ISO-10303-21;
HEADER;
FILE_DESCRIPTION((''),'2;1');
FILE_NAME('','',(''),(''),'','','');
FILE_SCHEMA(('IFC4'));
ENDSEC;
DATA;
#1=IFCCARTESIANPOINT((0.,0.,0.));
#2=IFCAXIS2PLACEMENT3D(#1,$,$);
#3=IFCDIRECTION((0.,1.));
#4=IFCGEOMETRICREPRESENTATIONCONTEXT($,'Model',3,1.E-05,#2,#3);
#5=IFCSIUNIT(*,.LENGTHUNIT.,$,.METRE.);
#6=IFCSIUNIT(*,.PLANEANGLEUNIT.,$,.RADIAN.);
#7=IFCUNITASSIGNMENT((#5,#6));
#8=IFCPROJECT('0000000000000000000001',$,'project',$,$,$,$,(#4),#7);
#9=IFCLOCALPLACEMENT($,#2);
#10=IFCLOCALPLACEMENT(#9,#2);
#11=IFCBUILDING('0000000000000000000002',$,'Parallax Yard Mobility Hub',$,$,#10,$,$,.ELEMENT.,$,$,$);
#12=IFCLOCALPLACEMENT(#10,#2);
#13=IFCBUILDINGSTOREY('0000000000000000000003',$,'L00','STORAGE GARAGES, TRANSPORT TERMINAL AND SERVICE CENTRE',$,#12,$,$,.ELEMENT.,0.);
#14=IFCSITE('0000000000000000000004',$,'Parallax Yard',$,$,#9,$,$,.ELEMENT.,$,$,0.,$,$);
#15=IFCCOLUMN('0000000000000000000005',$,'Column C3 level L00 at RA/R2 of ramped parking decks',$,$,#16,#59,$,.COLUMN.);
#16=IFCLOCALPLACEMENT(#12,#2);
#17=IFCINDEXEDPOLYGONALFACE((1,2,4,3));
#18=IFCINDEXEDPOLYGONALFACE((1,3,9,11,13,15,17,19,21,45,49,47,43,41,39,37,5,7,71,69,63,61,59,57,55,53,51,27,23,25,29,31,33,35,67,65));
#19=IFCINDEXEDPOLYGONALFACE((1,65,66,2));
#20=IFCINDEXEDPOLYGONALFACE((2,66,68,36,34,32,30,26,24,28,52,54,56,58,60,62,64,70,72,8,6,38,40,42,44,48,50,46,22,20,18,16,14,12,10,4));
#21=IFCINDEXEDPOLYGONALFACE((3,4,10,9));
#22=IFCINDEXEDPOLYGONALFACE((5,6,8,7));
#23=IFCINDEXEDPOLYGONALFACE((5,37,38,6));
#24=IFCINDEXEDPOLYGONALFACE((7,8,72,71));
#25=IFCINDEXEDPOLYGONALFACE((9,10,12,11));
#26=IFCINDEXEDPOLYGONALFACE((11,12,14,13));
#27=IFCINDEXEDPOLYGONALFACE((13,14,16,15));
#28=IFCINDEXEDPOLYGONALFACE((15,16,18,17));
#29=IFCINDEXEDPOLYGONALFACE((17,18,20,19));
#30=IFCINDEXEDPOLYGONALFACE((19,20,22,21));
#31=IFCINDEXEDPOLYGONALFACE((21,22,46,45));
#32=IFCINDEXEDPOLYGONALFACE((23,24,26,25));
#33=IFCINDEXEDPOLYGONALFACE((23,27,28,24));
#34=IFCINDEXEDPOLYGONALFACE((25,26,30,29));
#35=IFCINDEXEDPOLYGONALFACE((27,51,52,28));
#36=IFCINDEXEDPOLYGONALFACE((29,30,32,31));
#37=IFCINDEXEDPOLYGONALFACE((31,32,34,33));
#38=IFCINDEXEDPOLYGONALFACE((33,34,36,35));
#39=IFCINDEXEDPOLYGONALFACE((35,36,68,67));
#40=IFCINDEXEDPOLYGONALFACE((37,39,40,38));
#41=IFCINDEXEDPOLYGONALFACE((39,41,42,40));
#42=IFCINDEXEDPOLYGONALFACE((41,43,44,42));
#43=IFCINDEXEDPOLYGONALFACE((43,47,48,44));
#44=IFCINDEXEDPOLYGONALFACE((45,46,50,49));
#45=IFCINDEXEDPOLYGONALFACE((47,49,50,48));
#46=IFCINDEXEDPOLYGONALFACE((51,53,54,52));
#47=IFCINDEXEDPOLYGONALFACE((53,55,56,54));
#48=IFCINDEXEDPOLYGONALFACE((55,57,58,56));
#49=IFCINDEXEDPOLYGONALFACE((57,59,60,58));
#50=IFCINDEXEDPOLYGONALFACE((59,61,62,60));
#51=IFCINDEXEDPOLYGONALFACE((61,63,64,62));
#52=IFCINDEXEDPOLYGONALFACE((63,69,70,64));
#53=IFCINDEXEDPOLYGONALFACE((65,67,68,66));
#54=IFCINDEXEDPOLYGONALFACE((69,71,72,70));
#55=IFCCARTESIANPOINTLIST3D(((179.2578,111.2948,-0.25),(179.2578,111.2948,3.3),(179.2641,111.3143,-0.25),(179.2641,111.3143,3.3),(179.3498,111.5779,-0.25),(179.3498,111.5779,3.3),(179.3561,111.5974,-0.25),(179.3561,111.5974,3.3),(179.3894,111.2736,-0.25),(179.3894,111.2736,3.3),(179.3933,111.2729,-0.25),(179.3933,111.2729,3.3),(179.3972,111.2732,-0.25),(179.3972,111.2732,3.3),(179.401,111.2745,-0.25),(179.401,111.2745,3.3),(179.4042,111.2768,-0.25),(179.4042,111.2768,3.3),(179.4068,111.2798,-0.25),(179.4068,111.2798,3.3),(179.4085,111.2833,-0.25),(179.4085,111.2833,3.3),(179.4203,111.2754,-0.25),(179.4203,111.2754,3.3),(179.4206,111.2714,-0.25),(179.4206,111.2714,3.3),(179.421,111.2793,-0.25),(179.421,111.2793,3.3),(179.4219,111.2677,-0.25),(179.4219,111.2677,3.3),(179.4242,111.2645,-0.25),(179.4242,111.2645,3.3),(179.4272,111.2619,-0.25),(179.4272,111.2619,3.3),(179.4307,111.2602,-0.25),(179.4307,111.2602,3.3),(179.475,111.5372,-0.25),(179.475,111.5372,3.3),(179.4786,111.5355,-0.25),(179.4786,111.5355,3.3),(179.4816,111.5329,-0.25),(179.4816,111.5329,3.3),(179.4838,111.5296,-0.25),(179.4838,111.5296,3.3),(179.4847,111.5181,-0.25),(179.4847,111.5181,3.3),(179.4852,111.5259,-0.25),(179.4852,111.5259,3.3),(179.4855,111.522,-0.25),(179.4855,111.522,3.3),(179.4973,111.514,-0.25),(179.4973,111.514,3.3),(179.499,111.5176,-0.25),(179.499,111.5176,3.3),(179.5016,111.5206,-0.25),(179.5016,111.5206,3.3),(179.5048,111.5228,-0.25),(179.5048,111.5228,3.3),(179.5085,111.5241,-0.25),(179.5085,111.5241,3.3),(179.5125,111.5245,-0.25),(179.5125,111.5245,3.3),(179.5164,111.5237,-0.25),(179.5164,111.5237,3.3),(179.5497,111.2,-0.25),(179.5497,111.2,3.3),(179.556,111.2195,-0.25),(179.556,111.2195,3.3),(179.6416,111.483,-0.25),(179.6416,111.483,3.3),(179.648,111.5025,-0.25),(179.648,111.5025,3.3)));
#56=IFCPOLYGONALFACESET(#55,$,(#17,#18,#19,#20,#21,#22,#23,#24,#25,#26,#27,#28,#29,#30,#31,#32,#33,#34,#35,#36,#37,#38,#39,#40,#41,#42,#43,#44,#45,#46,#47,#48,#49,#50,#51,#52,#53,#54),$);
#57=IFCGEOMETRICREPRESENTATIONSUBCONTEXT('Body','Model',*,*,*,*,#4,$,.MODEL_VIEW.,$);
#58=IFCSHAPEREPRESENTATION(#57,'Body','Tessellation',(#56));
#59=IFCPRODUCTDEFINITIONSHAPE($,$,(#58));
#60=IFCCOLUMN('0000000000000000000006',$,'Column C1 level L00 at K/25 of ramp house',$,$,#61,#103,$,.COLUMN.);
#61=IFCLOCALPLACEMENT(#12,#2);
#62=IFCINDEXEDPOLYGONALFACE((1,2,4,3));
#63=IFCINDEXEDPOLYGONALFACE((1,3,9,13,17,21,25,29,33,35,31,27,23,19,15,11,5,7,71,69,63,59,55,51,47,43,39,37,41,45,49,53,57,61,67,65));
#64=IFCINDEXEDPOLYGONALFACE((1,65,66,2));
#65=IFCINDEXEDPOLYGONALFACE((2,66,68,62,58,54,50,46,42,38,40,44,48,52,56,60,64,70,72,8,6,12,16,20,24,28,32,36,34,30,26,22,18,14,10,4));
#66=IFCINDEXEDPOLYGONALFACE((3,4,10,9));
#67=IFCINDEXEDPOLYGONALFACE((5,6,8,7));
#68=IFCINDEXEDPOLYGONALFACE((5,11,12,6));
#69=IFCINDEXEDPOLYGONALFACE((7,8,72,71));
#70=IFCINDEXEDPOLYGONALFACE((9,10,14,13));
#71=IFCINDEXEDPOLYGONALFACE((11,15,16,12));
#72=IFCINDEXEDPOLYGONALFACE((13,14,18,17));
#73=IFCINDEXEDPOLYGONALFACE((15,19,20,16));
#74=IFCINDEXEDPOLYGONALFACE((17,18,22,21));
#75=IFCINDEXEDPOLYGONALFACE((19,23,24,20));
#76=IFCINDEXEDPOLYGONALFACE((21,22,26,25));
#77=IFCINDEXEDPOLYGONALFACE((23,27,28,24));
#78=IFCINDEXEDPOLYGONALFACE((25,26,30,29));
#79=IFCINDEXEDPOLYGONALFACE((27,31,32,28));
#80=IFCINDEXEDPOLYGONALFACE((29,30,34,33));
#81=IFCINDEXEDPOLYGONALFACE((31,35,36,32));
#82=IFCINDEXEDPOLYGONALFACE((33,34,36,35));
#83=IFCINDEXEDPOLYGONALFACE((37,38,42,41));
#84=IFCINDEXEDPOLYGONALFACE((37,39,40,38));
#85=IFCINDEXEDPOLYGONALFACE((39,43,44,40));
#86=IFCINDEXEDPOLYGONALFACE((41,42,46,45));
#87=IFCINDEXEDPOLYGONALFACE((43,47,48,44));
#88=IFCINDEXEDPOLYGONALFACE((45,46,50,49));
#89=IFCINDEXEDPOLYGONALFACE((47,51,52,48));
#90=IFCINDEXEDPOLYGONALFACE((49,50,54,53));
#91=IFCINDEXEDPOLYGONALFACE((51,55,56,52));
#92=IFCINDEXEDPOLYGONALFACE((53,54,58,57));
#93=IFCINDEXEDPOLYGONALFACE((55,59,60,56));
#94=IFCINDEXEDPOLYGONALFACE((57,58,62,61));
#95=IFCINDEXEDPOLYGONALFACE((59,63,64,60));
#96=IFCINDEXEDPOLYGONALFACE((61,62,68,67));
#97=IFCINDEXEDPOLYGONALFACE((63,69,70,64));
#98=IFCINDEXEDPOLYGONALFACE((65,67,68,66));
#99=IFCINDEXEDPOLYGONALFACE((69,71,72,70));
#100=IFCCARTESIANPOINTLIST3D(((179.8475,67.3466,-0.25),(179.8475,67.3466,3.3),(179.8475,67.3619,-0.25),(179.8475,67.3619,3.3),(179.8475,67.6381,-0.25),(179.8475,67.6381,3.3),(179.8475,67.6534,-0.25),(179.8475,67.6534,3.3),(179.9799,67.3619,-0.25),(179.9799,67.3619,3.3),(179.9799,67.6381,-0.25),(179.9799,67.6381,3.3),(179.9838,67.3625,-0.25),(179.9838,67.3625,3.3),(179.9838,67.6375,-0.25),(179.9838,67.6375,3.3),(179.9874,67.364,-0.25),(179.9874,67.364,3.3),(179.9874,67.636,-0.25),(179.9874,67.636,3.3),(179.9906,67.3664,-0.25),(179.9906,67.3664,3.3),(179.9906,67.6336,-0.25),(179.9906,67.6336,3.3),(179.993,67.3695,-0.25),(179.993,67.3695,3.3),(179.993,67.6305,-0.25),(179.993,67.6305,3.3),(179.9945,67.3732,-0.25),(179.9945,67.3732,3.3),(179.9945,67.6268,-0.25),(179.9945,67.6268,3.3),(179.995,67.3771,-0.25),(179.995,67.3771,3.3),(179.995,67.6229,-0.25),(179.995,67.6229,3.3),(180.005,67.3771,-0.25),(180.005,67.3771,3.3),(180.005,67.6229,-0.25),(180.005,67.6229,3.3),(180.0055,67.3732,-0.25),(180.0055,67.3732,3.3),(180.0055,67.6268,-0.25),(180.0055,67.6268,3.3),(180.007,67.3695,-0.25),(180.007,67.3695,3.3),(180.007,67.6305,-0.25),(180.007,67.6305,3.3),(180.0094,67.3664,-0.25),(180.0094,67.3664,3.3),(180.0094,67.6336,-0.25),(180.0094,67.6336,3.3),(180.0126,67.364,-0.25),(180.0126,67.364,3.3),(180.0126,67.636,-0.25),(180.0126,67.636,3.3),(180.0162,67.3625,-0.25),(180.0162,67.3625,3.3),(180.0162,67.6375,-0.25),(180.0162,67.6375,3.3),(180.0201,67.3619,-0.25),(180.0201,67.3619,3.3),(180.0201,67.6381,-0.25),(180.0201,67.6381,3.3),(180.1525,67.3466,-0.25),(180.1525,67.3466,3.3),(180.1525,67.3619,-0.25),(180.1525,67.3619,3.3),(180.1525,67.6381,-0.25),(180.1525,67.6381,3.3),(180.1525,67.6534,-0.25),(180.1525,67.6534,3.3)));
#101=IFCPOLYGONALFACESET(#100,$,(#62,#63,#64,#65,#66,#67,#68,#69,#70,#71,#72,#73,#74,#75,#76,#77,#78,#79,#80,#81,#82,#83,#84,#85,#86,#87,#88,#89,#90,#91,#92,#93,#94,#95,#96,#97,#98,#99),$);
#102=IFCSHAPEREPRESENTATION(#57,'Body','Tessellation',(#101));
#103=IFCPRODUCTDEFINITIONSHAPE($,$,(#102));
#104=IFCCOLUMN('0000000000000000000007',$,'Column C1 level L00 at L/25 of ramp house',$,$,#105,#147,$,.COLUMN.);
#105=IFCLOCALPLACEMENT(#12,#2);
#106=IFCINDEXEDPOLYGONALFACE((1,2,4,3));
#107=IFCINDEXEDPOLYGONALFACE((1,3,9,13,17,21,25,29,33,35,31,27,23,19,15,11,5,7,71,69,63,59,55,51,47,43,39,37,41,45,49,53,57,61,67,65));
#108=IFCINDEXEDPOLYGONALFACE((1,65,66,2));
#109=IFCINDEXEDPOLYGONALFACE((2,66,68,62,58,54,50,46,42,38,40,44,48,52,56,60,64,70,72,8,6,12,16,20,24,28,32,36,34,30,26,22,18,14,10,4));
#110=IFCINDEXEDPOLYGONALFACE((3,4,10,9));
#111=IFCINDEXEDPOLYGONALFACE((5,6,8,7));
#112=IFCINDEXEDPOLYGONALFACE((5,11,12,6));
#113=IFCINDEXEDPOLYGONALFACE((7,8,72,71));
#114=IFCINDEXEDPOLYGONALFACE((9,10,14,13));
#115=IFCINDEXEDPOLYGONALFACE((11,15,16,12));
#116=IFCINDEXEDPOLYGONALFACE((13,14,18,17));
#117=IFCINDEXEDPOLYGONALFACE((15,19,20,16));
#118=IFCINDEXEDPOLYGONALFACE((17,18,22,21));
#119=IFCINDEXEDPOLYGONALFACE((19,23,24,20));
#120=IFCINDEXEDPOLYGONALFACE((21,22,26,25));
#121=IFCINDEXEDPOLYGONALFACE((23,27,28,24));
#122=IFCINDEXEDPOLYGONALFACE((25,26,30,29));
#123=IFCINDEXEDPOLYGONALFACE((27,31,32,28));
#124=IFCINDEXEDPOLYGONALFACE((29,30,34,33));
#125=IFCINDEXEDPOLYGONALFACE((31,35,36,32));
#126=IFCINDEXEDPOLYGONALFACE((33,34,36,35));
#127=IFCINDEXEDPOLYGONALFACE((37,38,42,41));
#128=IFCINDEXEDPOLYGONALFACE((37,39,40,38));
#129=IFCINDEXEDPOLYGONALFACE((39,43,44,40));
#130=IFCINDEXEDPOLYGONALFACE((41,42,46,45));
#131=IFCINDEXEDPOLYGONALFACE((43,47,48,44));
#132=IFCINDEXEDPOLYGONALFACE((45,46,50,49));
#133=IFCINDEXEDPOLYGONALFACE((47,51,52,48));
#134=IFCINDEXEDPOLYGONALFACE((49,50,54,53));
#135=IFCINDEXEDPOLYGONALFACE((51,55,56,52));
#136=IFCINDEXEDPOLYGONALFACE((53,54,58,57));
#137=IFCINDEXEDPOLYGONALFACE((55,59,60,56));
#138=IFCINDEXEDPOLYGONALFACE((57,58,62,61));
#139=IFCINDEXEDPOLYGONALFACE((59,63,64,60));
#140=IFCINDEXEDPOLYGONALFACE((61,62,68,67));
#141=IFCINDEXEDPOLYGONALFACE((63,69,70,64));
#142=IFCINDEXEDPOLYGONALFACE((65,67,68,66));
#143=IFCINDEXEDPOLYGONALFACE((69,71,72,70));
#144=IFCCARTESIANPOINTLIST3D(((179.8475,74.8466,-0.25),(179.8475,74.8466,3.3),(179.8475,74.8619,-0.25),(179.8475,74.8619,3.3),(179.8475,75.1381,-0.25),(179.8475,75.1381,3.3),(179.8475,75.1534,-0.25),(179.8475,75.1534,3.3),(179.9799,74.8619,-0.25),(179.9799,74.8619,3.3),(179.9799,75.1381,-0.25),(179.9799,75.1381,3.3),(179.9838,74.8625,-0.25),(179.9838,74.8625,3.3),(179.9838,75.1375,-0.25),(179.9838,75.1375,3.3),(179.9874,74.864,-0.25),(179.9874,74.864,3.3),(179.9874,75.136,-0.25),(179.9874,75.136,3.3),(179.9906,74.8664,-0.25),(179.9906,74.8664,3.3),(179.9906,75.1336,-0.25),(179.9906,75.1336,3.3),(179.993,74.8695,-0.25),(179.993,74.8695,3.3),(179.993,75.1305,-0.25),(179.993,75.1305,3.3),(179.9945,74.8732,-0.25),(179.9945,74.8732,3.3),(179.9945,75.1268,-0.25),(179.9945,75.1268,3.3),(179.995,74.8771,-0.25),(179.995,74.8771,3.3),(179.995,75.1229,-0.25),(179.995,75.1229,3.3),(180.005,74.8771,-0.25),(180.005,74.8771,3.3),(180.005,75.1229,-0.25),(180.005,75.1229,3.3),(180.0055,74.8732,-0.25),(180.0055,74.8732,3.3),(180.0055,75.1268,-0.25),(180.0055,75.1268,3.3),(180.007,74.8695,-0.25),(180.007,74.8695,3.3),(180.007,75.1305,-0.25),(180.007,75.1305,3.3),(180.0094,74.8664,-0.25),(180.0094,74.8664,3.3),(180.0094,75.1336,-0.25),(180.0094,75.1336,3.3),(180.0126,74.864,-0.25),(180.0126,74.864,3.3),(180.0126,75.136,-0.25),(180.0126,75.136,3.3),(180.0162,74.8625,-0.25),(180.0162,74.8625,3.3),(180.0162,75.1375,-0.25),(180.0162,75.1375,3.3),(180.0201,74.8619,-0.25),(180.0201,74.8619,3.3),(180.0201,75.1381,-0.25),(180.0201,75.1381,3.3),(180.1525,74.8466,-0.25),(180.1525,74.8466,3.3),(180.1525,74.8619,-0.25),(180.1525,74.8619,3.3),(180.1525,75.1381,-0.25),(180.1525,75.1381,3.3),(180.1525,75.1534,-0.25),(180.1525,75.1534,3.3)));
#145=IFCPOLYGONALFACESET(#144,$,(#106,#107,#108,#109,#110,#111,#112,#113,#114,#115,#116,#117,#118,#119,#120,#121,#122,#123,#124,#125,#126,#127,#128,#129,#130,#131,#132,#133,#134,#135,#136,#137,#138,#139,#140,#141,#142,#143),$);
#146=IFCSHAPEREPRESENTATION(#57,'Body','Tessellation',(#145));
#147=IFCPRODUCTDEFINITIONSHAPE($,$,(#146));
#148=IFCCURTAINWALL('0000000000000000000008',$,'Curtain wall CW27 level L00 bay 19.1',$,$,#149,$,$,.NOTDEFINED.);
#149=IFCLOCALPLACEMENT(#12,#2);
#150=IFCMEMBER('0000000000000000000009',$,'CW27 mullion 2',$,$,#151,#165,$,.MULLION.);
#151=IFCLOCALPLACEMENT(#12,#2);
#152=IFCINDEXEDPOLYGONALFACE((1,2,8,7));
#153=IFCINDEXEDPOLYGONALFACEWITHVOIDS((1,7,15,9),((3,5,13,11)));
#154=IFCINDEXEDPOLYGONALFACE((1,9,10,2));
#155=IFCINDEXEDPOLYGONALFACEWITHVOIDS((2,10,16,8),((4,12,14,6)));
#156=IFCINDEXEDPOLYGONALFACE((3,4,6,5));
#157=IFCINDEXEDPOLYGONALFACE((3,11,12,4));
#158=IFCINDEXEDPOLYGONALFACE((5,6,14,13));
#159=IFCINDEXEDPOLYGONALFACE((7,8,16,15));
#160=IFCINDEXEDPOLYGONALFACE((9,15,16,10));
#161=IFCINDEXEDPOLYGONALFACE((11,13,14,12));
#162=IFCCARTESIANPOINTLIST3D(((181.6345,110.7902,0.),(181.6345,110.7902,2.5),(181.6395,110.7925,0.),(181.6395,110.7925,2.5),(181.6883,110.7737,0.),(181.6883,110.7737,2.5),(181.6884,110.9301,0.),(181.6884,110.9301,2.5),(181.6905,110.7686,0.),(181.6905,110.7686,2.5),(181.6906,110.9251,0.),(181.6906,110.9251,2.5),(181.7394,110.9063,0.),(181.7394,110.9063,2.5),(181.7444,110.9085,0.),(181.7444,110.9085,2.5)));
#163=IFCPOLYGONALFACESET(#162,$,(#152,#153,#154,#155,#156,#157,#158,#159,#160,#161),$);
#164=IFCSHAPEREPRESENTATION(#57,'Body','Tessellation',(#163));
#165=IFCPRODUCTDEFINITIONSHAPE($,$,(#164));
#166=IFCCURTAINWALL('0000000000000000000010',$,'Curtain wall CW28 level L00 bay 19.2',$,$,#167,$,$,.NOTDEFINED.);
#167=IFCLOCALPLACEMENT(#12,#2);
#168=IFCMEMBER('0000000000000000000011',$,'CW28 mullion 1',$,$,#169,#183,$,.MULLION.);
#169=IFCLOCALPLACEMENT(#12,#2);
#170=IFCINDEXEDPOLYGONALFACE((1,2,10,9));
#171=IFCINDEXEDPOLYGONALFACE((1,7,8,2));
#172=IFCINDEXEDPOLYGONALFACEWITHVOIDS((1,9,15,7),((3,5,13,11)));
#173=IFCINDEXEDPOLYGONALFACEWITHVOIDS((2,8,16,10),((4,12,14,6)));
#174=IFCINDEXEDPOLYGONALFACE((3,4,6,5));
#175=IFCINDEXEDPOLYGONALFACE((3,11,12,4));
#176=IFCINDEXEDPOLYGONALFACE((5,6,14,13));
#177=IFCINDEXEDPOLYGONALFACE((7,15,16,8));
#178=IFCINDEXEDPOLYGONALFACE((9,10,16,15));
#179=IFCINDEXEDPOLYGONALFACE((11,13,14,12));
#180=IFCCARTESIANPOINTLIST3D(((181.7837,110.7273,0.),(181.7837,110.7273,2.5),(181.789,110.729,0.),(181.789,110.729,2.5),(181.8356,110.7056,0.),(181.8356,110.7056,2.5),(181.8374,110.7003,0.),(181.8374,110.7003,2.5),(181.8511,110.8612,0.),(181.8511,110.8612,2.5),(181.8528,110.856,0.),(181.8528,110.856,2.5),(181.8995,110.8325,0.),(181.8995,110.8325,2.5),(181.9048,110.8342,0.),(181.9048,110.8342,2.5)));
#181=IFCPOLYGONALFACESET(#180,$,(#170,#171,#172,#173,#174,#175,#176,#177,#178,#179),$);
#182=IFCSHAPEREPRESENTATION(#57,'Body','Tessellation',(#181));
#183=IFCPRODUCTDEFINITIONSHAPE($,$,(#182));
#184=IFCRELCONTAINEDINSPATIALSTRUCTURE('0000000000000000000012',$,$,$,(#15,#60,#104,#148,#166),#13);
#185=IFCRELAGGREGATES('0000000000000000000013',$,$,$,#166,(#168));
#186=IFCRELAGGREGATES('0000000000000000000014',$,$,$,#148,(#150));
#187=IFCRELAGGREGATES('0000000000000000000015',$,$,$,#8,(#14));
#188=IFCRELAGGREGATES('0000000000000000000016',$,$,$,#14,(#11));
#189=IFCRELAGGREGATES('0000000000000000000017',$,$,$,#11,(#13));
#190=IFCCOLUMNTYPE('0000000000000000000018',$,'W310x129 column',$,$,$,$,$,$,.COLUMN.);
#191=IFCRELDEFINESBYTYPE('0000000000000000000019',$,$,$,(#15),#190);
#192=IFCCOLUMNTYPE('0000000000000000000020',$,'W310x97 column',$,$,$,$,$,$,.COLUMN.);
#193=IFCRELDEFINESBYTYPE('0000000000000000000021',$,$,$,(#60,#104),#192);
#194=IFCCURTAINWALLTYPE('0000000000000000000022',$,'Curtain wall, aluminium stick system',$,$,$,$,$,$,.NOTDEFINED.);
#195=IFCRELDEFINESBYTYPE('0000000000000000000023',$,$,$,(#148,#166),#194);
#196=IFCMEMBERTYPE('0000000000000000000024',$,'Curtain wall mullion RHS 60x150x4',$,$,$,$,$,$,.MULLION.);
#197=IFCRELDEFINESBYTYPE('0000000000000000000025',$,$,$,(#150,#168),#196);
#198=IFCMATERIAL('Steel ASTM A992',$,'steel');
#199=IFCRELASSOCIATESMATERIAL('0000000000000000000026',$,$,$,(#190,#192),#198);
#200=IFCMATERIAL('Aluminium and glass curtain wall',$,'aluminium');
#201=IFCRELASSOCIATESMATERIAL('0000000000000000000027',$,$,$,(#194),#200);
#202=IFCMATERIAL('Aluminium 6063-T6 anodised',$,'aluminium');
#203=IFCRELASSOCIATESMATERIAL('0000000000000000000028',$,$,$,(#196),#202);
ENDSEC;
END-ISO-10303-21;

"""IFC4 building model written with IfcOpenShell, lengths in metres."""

from ifc_helpers import new_model, si_unit, direction, frame, origin, origin_2d, place, context, subcontext, project, spatial, hollow_rectangle, i_section, extrude, material, material_profile, profile_set, type_object, element, aggregate, save


model = new_model("IFC4")

# Units and contexts
model_context = context("Model", 3, precision=1e-05, world=origin(), true_north=direction((0.0, 1.0)))
body_context = subcontext(model_context, "Body", "Model", "MODEL_VIEW")
ifc_project = project(units=[si_unit("LENGTHUNIT", "METRE"), si_unit("PLANEANGLEUNIT", "RADIAN")], contexts=[model_context])

# Site, building, storey
site_placement = place(None, origin())
site = spatial("IfcSite", under=ifc_project, at=site_placement, Name="Parallax Yard", CompositionType="ELEMENT", RefElevation=0.0)
building_placement = place(site_placement, origin())
building = spatial("IfcBuilding", under=site, at=building_placement, Name="Parallax Yard Mobility Hub", CompositionType="ELEMENT")
storey_placement = place(building_placement, origin())
storey = spatial("IfcBuildingStorey", under=building, at=storey_placement, Name="L00", Description="STORAGE GARAGES, TRANSPORT TERMINAL AND SERVICE CENTRE", CompositionType="ELEMENT", Elevation=0.0)

# Columns
ifc_material_1 = material(Name="Steel ASTM A992", Category="steel")
ifc_material_profile_1 = material_profile(ifc_material_1, i_section(OverallWidth=0.3069, OverallDepth=0.3181, WebThickness=0.0132, FlangeThickness=0.0205, FilletRadius=0.0151, at=origin_2d()), Name="W310x129")
ifc_profile_set_1 = profile_set([ifc_material_profile_1], Name="Steel ASTM A992")
column_type_1 = type_object("IfcColumnType", Name="W310x129 column", PredefinedType="COLUMN", material=ifc_profile_set_1)
column_placement = place(storey_placement, frame((179.4529, 111.3987, -0.25), z_axis=(0.0, 0.0, 1.0), x_axis=(-0.951057, 0.309017, 0.0)))
element("IfcColumn", 1, at=column_placement, inside=storey, type_object=column_type_1, Name="Column C3 level L00 at RA/R2 of ramped parking decks", PredefinedType="COLUMN", context=body_context, shape_type="SweptSolid", body=[
    extrude(i_section(OverallWidth=0.3069, OverallDepth=0.3181, WebThickness=0.0132, FlangeThickness=0.0205, FilletRadius=0.0151, at=origin_2d()), origin(), (0.0, 0.0, 1.0), 3.55),
])
ifc_material_profile_2 = material_profile(ifc_material_1, i_section(OverallWidth=0.3049, OverallDepth=0.3069, WebThickness=0.01, FlangeThickness=0.0154, FilletRadius=0.0151, at=origin_2d()), Name="W310x97")
ifc_profile_set_2 = profile_set([ifc_material_profile_2], Name="Steel ASTM A992")
column_type_2 = type_object("IfcColumnType", Name="W310x97 column", PredefinedType="COLUMN", material=ifc_profile_set_2)
for number, where, z_axis, x_axis, name in (
    (2, (180.0, 67.5, -0.25), (0.0, 0.0, 1.0), (1.0, 0.0, 0.0), "Column C1 level L00 at K/25 of ramp house"),
    (3, (180.0, 75.0, -0.25), (0.0, 0.0, 1.0), (1.0, 0.0, 0.0), "Column C1 level L00 at L/25 of ramp house"),
):
    element("IfcColumn", number, at=place(storey_placement, frame(where, z_axis=z_axis, x_axis=x_axis)), inside=storey, type_object=column_type_2, Name=name, PredefinedType="COLUMN", context=body_context, shape_type="SweptSolid", body=[
        extrude(i_section(OverallWidth=0.3049, OverallDepth=0.3069, WebThickness=0.01, FlangeThickness=0.0154, FilletRadius=0.0151, at=origin_2d()), origin(), (0.0, 0.0, 1.0), 3.55),
    ])

# Curtain wall, member
ifc_material_2 = material(Name="Aluminium and glass curtain wall", Category="aluminium")
curtain_wall_type = type_object("IfcCurtainWallType", Name="Curtain wall, aluminium stick system", PredefinedType="NOTDEFINED", material=ifc_material_2)
curtain_wall_1_placement = place(storey_placement, origin())
curtain_wall_1 = element("IfcCurtainWall", 4, at=curtain_wall_1_placement, inside=storey, type_object=curtain_wall_type, Name="Curtain wall CW27 level L00 bay 19.1", PredefinedType="NOTDEFINED")
ifc_material_3 = material(Name="Aluminium 6063-T6 anodised", Category="aluminium")
ifc_material_profile_3 = material_profile(ifc_material_3, hollow_rectangle(XDim=0.1499, YDim=0.0601, WallThickness=0.0039, at=origin_2d()), Name="RHS 60x150x4")
ifc_profile_set_3 = profile_set([ifc_material_profile_3], Name="Aluminium 6063-T6 anodised")
member_type_1 = type_object("IfcMemberType", Name="Curtain wall mullion RHS 60x150x4", PredefinedType="MULLION", material=ifc_profile_set_3)
member_1_placement = place(storey_placement, frame((181.6895, 110.8494, 0.0), z_axis=(0.0, 0.0, 1.0), x_axis=(0.359855, 0.933008, 0.0)))
member_1 = element("IfcMember", 5, at=member_1_placement, type_object=member_type_1, Name="CW27 mullion 2", PredefinedType="MULLION", context=body_context, shape_type="SweptSolid", body=[
    extrude(hollow_rectangle(XDim=0.1499, YDim=0.0601, WallThickness=0.0039, at=origin_2d()), origin(), (0.0, 0.0, 1.0), 2.5),
])

# Curtain wall, member
curtain_wall_2_placement = place(storey_placement, origin())
curtain_wall_2 = element("IfcCurtainWall", 6, at=curtain_wall_2_placement, inside=storey, type_object=curtain_wall_type, Name="Curtain wall CW28 level L00 bay 19.2", PredefinedType="NOTDEFINED")
member_2_placement = place(storey_placement, frame((181.8442, 110.7808, 0.0), z_axis=(0.0, 0.0, 1.0), x_axis=(0.449586, 0.893237, 0.0)))
member_2 = element("IfcMember", 7, at=member_2_placement, type_object=member_type_1, Name="CW28 mullion 1", PredefinedType="MULLION", context=body_context, shape_type="SweptSolid", body=[
    extrude(hollow_rectangle(XDim=0.1499, YDim=0.0601, WallThickness=0.0039, at=origin_2d()), origin(), (0.0, 0.0, 1.0), 2.5),
])
aggregate(curtain_wall_2, [member_2])

aggregate(curtain_wall_1, [member_1])

save(model, "model.ifc")
